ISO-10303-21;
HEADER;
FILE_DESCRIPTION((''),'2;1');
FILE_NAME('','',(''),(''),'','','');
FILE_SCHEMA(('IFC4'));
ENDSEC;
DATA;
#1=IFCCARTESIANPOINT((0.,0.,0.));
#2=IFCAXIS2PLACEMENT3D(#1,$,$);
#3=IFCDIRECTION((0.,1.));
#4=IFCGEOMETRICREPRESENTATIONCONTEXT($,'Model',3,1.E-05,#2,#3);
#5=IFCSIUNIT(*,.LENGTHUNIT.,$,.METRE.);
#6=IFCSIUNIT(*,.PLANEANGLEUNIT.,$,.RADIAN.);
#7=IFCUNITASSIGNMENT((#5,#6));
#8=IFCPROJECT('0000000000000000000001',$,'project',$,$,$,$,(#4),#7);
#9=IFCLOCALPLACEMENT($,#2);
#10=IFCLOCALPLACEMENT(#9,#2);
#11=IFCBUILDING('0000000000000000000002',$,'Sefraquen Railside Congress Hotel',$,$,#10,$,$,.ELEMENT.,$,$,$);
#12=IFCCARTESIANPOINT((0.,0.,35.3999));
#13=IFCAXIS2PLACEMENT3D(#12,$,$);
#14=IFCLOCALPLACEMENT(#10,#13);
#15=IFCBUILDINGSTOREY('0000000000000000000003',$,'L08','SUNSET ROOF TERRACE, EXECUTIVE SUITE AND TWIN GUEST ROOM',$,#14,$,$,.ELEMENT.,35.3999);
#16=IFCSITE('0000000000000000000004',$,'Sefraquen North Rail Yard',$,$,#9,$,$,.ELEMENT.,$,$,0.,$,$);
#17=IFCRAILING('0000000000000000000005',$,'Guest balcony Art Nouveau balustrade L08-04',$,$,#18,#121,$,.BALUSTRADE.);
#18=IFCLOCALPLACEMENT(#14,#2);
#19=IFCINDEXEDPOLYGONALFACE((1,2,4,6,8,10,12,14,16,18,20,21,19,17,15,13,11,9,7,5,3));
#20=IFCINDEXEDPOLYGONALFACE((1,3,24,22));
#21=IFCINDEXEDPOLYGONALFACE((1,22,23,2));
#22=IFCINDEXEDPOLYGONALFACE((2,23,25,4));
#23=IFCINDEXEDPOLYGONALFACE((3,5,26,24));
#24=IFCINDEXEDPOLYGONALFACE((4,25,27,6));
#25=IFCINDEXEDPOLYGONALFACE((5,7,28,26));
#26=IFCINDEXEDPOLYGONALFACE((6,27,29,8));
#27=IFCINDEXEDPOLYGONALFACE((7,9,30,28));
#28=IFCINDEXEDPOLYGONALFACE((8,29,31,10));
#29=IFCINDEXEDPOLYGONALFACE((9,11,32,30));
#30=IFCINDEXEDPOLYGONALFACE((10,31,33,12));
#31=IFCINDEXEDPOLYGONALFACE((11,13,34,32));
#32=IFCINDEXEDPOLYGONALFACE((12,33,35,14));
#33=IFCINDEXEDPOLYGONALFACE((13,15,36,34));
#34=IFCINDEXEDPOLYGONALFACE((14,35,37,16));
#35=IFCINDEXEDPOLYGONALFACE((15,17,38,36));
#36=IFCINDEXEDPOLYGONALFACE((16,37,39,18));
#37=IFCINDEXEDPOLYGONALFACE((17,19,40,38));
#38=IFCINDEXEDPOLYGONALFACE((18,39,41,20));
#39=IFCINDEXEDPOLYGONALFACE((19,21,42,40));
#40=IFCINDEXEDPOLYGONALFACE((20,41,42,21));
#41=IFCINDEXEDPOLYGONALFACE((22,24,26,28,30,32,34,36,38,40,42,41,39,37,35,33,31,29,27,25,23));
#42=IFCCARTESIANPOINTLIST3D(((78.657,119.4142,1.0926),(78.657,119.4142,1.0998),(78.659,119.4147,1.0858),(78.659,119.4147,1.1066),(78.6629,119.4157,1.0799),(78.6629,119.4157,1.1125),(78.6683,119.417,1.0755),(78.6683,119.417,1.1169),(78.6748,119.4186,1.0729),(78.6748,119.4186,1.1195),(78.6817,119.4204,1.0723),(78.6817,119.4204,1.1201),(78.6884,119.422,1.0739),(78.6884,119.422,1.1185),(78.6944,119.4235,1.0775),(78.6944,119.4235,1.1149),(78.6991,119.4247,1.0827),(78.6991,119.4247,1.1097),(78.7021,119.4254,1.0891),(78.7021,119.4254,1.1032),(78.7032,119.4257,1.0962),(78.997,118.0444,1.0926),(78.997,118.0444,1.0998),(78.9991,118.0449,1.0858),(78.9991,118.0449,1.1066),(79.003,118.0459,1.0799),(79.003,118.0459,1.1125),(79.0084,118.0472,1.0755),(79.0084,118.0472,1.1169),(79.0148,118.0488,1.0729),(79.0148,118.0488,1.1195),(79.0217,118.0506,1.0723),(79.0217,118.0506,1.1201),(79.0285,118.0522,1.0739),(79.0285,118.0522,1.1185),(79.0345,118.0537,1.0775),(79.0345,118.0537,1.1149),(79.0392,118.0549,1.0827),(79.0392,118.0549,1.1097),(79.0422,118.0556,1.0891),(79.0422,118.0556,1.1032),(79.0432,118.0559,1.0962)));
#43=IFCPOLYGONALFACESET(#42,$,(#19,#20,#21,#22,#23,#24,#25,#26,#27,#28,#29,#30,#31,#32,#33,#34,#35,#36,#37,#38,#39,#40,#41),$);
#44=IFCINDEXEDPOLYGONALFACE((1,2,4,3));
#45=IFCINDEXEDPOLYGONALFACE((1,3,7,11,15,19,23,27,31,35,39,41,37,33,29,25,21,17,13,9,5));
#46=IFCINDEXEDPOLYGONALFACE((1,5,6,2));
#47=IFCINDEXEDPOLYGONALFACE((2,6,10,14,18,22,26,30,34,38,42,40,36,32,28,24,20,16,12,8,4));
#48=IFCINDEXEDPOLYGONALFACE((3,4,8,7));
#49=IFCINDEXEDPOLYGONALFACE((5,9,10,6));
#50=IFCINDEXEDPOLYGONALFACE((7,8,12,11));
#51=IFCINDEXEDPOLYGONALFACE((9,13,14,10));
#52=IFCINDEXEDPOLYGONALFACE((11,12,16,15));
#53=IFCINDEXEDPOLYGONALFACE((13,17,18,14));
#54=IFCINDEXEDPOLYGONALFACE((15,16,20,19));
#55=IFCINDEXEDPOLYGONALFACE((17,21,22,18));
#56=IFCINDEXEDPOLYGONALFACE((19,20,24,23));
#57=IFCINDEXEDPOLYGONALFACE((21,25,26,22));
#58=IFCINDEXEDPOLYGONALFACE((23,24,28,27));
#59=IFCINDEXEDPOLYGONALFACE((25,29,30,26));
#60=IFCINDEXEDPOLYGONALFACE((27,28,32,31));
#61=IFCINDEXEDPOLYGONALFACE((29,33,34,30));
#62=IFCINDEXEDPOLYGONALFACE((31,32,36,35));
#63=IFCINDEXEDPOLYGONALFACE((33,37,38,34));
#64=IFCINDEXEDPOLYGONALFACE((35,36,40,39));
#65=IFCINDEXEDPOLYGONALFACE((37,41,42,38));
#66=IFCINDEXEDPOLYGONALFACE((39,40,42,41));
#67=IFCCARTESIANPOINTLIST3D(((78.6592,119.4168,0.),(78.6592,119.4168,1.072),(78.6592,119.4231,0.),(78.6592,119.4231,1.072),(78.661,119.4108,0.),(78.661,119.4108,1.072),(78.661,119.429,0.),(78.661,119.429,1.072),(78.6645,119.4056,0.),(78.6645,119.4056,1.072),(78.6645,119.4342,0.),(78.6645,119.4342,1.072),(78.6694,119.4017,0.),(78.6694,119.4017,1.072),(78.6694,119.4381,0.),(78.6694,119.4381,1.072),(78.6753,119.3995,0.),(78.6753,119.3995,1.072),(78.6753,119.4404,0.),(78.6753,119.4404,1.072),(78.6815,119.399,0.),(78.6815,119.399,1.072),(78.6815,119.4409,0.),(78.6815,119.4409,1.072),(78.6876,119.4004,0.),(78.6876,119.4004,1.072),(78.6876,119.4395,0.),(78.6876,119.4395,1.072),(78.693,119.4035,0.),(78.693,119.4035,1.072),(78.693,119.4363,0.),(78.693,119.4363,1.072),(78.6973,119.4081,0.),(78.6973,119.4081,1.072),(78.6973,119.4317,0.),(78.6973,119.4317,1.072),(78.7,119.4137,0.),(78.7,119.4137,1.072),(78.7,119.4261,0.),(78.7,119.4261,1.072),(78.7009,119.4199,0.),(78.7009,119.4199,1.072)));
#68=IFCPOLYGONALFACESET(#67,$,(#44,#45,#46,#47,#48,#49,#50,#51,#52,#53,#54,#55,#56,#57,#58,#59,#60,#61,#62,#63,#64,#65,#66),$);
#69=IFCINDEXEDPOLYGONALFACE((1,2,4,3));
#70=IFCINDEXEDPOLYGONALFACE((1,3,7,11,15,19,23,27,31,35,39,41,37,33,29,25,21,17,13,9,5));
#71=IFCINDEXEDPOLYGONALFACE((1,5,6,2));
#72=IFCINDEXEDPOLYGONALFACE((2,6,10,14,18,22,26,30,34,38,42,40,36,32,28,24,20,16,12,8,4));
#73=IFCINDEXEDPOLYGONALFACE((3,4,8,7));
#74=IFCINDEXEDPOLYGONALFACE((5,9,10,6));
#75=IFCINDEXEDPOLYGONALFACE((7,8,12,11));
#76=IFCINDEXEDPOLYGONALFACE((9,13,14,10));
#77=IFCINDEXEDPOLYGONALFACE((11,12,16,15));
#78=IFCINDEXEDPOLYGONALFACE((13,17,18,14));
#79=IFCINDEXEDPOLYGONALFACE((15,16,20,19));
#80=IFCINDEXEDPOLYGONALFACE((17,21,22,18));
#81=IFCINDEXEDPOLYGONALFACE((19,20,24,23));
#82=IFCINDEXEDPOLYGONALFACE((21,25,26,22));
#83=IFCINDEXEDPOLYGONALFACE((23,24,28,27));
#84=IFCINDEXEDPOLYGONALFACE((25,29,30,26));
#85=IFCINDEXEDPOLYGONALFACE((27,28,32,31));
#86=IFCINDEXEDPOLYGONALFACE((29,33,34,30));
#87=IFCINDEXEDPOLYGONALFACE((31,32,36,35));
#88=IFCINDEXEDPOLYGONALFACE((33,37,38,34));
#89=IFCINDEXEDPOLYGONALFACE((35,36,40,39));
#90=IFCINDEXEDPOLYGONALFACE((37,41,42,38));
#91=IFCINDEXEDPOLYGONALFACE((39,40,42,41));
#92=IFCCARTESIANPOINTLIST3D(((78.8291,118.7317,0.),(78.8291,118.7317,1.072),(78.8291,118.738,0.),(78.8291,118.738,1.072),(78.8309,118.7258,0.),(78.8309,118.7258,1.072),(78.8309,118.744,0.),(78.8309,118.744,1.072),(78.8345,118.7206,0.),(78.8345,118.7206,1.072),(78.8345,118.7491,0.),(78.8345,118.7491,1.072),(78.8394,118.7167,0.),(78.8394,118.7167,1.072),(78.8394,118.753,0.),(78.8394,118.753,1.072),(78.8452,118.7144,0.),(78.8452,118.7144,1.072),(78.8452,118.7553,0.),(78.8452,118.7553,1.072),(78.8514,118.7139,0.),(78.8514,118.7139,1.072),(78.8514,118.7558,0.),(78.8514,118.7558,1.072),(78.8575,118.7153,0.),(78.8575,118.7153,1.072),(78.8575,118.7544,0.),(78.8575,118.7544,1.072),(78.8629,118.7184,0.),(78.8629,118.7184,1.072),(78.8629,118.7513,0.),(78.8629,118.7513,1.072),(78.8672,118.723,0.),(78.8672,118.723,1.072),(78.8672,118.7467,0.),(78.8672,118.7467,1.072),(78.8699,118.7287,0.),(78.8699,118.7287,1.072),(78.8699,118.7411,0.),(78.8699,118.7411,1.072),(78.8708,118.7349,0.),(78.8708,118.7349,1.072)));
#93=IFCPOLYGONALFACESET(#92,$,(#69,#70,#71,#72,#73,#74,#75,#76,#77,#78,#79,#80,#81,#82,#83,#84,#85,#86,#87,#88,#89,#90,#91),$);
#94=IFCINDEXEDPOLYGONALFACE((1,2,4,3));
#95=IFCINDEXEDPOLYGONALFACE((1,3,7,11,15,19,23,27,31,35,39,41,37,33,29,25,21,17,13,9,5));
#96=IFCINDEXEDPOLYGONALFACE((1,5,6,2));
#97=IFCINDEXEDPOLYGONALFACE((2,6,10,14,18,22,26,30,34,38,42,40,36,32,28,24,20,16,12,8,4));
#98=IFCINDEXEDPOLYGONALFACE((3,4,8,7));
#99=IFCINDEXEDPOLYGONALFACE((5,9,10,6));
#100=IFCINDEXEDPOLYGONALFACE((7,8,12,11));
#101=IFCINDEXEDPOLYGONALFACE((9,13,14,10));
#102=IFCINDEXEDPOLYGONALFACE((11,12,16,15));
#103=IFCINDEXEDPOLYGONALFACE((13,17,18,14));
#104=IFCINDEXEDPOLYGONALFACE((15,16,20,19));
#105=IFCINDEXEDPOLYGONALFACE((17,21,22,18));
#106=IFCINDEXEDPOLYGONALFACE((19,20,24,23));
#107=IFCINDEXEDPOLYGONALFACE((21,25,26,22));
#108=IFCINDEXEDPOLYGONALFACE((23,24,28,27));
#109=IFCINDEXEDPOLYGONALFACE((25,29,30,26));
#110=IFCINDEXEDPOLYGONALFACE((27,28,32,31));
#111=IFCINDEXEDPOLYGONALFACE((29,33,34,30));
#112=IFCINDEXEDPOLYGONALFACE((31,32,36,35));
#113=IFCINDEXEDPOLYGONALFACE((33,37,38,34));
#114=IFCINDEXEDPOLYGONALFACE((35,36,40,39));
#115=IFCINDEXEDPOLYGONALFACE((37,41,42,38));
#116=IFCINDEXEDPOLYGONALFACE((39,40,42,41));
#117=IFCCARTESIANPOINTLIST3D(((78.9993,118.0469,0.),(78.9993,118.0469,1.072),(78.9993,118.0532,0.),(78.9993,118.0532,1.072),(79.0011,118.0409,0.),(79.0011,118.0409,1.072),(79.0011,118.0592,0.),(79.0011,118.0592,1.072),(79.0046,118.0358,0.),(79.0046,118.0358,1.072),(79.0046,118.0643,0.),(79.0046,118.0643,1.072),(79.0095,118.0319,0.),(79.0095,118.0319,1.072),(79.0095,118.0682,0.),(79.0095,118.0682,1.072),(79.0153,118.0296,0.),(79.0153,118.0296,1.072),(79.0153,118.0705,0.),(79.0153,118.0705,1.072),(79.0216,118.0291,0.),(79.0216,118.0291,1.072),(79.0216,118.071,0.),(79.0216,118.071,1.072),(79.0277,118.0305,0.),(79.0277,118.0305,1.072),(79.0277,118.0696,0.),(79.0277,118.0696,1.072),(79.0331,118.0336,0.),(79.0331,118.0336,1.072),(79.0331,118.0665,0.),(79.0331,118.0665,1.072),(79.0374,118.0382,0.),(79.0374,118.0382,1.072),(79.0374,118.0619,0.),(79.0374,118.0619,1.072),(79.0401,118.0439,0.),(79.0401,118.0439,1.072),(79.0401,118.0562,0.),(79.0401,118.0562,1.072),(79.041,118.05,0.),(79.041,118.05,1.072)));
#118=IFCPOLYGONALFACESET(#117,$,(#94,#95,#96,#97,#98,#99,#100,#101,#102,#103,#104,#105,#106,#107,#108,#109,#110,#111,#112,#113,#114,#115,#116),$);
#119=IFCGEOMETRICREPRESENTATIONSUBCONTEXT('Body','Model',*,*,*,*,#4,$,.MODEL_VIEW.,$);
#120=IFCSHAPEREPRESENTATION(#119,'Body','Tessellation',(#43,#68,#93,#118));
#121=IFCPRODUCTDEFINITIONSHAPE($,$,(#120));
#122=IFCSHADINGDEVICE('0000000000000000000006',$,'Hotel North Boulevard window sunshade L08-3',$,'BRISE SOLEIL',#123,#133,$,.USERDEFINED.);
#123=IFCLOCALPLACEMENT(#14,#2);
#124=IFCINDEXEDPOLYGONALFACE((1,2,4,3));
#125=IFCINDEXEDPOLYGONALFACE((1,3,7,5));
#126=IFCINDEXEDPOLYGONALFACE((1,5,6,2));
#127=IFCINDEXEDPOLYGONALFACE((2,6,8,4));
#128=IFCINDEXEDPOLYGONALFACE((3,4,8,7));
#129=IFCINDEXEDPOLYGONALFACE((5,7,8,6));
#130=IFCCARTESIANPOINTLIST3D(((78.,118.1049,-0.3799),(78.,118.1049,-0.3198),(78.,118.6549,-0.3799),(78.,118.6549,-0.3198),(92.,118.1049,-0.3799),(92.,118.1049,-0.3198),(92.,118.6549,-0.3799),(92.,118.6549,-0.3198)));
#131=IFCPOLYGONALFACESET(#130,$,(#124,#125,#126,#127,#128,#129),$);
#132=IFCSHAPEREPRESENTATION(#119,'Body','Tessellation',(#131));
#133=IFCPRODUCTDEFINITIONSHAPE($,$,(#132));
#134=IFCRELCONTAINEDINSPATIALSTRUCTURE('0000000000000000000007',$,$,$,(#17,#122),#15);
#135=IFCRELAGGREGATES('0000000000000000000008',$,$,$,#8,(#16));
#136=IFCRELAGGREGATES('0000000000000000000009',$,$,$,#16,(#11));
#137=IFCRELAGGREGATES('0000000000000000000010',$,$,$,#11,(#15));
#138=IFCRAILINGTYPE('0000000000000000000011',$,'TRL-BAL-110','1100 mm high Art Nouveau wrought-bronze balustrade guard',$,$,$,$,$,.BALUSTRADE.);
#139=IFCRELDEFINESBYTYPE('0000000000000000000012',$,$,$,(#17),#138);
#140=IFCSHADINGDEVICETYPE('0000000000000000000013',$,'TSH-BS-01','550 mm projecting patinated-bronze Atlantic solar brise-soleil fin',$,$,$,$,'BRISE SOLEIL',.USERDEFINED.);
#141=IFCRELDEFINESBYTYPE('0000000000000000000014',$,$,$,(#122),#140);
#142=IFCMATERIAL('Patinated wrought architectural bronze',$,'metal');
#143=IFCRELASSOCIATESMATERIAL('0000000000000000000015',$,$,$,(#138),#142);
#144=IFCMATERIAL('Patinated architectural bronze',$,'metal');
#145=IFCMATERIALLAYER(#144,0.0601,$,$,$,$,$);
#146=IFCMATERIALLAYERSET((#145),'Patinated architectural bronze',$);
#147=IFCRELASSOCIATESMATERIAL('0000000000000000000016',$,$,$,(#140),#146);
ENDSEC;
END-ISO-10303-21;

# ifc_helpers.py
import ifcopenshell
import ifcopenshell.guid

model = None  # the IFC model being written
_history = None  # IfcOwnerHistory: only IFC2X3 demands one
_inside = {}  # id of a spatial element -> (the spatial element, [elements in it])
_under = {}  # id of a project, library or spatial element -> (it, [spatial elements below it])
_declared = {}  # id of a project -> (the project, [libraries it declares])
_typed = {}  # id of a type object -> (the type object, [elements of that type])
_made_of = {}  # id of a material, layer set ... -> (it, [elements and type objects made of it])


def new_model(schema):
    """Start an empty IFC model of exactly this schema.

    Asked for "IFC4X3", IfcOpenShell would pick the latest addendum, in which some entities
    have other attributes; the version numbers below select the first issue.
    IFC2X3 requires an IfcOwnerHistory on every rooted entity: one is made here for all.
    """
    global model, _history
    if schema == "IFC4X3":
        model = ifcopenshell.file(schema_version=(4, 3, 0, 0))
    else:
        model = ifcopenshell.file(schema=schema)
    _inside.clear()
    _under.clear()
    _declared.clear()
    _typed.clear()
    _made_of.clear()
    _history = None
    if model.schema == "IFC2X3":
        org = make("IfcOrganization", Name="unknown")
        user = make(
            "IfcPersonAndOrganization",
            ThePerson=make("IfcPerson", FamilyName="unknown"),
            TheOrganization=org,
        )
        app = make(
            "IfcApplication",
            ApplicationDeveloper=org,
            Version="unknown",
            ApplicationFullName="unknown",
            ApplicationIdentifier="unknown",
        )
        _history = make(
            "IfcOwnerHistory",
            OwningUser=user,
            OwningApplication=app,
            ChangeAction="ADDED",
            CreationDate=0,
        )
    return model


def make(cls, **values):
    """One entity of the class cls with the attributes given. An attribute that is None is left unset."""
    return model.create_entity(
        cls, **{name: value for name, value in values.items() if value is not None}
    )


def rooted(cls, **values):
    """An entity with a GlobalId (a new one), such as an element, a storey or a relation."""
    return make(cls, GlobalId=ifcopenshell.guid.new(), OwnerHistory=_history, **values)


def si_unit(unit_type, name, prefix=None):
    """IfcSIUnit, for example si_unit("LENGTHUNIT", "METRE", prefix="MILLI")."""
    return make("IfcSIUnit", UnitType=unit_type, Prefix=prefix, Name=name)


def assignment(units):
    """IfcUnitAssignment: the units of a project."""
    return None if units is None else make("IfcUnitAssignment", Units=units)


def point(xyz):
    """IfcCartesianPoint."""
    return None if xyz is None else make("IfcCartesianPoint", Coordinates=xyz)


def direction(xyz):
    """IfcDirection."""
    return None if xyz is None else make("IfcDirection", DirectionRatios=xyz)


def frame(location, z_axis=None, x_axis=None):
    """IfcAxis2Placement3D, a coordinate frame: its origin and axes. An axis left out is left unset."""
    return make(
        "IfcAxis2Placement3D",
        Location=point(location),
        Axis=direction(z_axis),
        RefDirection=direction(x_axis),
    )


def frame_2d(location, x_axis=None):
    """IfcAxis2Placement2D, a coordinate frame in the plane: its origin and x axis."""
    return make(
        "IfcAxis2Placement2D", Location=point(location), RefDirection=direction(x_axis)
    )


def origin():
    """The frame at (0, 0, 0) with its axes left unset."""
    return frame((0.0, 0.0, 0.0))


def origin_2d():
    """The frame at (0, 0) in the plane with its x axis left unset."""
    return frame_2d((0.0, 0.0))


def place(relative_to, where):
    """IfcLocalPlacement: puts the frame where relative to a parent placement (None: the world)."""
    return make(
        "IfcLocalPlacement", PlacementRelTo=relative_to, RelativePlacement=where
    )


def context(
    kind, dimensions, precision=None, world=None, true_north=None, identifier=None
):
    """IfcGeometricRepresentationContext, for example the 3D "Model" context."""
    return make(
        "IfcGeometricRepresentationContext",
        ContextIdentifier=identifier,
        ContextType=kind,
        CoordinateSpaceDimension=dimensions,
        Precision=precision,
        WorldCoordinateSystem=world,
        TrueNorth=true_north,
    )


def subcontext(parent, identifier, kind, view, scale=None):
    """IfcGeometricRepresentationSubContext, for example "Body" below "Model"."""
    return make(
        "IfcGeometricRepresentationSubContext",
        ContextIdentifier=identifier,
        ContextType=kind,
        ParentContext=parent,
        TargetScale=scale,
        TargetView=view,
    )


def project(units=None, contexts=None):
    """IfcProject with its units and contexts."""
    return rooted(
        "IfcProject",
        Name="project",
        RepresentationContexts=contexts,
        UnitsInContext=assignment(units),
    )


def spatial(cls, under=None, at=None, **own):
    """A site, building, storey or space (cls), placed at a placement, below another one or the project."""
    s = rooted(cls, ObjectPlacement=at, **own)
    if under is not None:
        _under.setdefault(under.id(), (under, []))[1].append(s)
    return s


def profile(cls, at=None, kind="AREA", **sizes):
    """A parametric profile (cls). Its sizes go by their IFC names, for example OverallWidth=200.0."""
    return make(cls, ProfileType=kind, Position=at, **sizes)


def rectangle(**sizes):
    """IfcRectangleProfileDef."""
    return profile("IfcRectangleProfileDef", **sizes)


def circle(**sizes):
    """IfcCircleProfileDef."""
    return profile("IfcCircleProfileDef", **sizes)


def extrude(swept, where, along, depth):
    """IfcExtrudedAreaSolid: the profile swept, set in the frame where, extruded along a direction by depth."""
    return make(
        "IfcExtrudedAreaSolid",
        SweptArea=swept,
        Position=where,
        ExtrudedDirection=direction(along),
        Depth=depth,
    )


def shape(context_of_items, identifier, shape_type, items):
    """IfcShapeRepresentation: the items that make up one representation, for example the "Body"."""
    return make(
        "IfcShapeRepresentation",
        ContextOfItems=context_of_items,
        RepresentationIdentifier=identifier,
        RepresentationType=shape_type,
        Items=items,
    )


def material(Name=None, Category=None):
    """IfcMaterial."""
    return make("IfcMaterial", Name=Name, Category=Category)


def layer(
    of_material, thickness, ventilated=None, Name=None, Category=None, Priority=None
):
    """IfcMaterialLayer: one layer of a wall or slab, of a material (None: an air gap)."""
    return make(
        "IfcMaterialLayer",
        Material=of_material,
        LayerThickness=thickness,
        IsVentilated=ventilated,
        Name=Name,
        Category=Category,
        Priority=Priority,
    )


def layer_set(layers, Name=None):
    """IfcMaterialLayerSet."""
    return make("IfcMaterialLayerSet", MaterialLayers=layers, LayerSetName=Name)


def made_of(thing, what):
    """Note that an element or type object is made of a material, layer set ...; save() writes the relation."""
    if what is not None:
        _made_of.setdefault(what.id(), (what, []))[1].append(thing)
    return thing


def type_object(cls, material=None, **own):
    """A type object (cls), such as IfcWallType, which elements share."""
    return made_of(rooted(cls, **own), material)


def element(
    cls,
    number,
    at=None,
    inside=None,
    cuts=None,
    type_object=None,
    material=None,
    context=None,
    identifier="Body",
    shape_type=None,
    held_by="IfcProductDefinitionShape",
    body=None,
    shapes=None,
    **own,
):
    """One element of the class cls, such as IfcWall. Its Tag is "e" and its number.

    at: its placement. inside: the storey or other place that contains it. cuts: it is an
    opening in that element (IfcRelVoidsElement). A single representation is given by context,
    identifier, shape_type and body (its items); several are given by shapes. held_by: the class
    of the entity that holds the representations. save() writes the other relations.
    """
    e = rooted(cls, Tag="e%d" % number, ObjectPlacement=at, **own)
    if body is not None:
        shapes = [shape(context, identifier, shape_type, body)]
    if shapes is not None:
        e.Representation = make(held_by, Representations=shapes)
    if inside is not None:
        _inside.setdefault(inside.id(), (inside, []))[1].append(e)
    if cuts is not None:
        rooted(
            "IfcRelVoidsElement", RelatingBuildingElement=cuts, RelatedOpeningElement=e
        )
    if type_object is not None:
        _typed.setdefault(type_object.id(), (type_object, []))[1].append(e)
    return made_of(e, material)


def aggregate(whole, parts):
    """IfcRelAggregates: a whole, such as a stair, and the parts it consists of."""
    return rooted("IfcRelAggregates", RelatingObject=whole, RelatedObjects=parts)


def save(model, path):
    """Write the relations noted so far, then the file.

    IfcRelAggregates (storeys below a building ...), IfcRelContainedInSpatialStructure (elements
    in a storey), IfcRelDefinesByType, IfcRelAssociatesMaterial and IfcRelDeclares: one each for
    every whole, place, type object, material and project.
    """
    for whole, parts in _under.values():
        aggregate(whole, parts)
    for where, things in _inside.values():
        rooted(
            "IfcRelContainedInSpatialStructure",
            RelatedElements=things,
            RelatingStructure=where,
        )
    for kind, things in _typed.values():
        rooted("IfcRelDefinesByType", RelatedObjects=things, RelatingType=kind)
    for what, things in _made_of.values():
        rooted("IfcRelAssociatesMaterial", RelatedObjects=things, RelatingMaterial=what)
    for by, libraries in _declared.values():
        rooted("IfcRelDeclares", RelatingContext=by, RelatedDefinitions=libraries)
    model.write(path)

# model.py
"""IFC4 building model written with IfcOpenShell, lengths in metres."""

from ifc_helpers import new_model, si_unit, direction, frame, origin, origin_2d, place, context, subcontext, project, spatial, rectangle, circle, extrude, material, layer, layer_set, type_object, element, save


model = new_model("IFC4")

# Units and contexts
model_context = context("Model", 3, precision=1e-05, world=origin(), true_north=direction((0.0, 1.0)))
body_context = subcontext(model_context, "Body", "Model", "MODEL_VIEW")
ifc_project = project(units=[si_unit("LENGTHUNIT", "METRE"), si_unit("PLANEANGLEUNIT", "RADIAN")], contexts=[model_context])

# Site, building, storey
site_placement = place(None, origin())
site = spatial("IfcSite", under=ifc_project, at=site_placement, Name="Sefraquen North Rail Yard", CompositionType="ELEMENT", RefElevation=0.0)
building_placement = place(site_placement, origin())
building = spatial("IfcBuilding", under=site, at=building_placement, Name="Sefraquen Railside Congress Hotel", CompositionType="ELEMENT")
storey_placement = place(building_placement, frame((0.0, 0.0, 35.3999)))
storey = spatial("IfcBuildingStorey", under=building, at=storey_placement, Name="L08", Description="SUNSET ROOF TERRACE, EXECUTIVE SUITE AND TWIN GUEST ROOM", CompositionType="ELEMENT", Elevation=35.3999)

# Railing
ifc_material_1 = material(Name="Patinated wrought architectural bronze", Category="metal")
railing_type = type_object("IfcRailingType", Name="TRL-BAL-110", Description="1100 mm high Art Nouveau wrought-bronze balustrade guard", PredefinedType="BALUSTRADE", material=ifc_material_1)
railing_1_placement = place(storey_placement, frame((78.6799, 119.4199, 0.0)))
element("IfcRailing", 1, at=railing_1_placement, inside=storey, type_object=railing_type, Name="Guest balcony Art Nouveau balustrade L08-04", PredefinedType="BALUSTRADE", context=body_context, shape_type="SweptSolid", body=[
    extrude(circle(Radius=0.0239, at=origin_2d()), frame((0.0, 0.0, 1.0962), z_axis=(0.240948, -0.970538, 0.0), x_axis=(0.970538, 0.240948, 0.0)), (0.0, 0.0, 1.0), 1.4114),
    extrude(circle(Radius=0.021, at=origin_2d()), origin(), (0.0, 0.0, 1.0), 1.072),
    extrude(circle(Radius=0.021, at=origin_2d()), frame((0.1699, -0.6851, 0.0)), (0.0, 0.0, 1.0), 1.072),
    extrude(circle(Radius=0.021, at=origin_2d()), frame((0.3401, -1.3699, 0.0)), (0.0, 0.0, 1.0), 1.072),
])

# Shading device
ifc_material_2 = material(Name="Patinated architectural bronze", Category="metal")
ifc_layer_1 = layer(ifc_material_2, 0.0601)
ifc_layer_set_1 = layer_set([ifc_layer_1], Name="Patinated architectural bronze")
shading_device_type = type_object("IfcShadingDeviceType", Name="TSH-BS-01", Description="550 mm projecting patinated-bronze Atlantic solar brise-soleil fin", ElementType="BRISE SOLEIL", PredefinedType="USERDEFINED", material=ifc_layer_set_1)
shading_device_placement = place(storey_placement, frame((85.0, 118.3799, -0.3799), z_axis=(0.0, 0.0, 1.0), x_axis=(1.0, 0.0, 0.0)))
element("IfcShadingDevice", 2, at=shading_device_placement, inside=storey, type_object=shading_device_type, Name="Hotel North Boulevard window sunshade L08-3", ObjectType="BRISE SOLEIL", PredefinedType="USERDEFINED", context=body_context, shape_type="SweptSolid", body=[
    extrude(rectangle(XDim=14.0, YDim=0.55, at=origin_2d()), origin(), (0.0, 0.0, 1.0), 0.0601),
])

save(model, "model.ifc")
